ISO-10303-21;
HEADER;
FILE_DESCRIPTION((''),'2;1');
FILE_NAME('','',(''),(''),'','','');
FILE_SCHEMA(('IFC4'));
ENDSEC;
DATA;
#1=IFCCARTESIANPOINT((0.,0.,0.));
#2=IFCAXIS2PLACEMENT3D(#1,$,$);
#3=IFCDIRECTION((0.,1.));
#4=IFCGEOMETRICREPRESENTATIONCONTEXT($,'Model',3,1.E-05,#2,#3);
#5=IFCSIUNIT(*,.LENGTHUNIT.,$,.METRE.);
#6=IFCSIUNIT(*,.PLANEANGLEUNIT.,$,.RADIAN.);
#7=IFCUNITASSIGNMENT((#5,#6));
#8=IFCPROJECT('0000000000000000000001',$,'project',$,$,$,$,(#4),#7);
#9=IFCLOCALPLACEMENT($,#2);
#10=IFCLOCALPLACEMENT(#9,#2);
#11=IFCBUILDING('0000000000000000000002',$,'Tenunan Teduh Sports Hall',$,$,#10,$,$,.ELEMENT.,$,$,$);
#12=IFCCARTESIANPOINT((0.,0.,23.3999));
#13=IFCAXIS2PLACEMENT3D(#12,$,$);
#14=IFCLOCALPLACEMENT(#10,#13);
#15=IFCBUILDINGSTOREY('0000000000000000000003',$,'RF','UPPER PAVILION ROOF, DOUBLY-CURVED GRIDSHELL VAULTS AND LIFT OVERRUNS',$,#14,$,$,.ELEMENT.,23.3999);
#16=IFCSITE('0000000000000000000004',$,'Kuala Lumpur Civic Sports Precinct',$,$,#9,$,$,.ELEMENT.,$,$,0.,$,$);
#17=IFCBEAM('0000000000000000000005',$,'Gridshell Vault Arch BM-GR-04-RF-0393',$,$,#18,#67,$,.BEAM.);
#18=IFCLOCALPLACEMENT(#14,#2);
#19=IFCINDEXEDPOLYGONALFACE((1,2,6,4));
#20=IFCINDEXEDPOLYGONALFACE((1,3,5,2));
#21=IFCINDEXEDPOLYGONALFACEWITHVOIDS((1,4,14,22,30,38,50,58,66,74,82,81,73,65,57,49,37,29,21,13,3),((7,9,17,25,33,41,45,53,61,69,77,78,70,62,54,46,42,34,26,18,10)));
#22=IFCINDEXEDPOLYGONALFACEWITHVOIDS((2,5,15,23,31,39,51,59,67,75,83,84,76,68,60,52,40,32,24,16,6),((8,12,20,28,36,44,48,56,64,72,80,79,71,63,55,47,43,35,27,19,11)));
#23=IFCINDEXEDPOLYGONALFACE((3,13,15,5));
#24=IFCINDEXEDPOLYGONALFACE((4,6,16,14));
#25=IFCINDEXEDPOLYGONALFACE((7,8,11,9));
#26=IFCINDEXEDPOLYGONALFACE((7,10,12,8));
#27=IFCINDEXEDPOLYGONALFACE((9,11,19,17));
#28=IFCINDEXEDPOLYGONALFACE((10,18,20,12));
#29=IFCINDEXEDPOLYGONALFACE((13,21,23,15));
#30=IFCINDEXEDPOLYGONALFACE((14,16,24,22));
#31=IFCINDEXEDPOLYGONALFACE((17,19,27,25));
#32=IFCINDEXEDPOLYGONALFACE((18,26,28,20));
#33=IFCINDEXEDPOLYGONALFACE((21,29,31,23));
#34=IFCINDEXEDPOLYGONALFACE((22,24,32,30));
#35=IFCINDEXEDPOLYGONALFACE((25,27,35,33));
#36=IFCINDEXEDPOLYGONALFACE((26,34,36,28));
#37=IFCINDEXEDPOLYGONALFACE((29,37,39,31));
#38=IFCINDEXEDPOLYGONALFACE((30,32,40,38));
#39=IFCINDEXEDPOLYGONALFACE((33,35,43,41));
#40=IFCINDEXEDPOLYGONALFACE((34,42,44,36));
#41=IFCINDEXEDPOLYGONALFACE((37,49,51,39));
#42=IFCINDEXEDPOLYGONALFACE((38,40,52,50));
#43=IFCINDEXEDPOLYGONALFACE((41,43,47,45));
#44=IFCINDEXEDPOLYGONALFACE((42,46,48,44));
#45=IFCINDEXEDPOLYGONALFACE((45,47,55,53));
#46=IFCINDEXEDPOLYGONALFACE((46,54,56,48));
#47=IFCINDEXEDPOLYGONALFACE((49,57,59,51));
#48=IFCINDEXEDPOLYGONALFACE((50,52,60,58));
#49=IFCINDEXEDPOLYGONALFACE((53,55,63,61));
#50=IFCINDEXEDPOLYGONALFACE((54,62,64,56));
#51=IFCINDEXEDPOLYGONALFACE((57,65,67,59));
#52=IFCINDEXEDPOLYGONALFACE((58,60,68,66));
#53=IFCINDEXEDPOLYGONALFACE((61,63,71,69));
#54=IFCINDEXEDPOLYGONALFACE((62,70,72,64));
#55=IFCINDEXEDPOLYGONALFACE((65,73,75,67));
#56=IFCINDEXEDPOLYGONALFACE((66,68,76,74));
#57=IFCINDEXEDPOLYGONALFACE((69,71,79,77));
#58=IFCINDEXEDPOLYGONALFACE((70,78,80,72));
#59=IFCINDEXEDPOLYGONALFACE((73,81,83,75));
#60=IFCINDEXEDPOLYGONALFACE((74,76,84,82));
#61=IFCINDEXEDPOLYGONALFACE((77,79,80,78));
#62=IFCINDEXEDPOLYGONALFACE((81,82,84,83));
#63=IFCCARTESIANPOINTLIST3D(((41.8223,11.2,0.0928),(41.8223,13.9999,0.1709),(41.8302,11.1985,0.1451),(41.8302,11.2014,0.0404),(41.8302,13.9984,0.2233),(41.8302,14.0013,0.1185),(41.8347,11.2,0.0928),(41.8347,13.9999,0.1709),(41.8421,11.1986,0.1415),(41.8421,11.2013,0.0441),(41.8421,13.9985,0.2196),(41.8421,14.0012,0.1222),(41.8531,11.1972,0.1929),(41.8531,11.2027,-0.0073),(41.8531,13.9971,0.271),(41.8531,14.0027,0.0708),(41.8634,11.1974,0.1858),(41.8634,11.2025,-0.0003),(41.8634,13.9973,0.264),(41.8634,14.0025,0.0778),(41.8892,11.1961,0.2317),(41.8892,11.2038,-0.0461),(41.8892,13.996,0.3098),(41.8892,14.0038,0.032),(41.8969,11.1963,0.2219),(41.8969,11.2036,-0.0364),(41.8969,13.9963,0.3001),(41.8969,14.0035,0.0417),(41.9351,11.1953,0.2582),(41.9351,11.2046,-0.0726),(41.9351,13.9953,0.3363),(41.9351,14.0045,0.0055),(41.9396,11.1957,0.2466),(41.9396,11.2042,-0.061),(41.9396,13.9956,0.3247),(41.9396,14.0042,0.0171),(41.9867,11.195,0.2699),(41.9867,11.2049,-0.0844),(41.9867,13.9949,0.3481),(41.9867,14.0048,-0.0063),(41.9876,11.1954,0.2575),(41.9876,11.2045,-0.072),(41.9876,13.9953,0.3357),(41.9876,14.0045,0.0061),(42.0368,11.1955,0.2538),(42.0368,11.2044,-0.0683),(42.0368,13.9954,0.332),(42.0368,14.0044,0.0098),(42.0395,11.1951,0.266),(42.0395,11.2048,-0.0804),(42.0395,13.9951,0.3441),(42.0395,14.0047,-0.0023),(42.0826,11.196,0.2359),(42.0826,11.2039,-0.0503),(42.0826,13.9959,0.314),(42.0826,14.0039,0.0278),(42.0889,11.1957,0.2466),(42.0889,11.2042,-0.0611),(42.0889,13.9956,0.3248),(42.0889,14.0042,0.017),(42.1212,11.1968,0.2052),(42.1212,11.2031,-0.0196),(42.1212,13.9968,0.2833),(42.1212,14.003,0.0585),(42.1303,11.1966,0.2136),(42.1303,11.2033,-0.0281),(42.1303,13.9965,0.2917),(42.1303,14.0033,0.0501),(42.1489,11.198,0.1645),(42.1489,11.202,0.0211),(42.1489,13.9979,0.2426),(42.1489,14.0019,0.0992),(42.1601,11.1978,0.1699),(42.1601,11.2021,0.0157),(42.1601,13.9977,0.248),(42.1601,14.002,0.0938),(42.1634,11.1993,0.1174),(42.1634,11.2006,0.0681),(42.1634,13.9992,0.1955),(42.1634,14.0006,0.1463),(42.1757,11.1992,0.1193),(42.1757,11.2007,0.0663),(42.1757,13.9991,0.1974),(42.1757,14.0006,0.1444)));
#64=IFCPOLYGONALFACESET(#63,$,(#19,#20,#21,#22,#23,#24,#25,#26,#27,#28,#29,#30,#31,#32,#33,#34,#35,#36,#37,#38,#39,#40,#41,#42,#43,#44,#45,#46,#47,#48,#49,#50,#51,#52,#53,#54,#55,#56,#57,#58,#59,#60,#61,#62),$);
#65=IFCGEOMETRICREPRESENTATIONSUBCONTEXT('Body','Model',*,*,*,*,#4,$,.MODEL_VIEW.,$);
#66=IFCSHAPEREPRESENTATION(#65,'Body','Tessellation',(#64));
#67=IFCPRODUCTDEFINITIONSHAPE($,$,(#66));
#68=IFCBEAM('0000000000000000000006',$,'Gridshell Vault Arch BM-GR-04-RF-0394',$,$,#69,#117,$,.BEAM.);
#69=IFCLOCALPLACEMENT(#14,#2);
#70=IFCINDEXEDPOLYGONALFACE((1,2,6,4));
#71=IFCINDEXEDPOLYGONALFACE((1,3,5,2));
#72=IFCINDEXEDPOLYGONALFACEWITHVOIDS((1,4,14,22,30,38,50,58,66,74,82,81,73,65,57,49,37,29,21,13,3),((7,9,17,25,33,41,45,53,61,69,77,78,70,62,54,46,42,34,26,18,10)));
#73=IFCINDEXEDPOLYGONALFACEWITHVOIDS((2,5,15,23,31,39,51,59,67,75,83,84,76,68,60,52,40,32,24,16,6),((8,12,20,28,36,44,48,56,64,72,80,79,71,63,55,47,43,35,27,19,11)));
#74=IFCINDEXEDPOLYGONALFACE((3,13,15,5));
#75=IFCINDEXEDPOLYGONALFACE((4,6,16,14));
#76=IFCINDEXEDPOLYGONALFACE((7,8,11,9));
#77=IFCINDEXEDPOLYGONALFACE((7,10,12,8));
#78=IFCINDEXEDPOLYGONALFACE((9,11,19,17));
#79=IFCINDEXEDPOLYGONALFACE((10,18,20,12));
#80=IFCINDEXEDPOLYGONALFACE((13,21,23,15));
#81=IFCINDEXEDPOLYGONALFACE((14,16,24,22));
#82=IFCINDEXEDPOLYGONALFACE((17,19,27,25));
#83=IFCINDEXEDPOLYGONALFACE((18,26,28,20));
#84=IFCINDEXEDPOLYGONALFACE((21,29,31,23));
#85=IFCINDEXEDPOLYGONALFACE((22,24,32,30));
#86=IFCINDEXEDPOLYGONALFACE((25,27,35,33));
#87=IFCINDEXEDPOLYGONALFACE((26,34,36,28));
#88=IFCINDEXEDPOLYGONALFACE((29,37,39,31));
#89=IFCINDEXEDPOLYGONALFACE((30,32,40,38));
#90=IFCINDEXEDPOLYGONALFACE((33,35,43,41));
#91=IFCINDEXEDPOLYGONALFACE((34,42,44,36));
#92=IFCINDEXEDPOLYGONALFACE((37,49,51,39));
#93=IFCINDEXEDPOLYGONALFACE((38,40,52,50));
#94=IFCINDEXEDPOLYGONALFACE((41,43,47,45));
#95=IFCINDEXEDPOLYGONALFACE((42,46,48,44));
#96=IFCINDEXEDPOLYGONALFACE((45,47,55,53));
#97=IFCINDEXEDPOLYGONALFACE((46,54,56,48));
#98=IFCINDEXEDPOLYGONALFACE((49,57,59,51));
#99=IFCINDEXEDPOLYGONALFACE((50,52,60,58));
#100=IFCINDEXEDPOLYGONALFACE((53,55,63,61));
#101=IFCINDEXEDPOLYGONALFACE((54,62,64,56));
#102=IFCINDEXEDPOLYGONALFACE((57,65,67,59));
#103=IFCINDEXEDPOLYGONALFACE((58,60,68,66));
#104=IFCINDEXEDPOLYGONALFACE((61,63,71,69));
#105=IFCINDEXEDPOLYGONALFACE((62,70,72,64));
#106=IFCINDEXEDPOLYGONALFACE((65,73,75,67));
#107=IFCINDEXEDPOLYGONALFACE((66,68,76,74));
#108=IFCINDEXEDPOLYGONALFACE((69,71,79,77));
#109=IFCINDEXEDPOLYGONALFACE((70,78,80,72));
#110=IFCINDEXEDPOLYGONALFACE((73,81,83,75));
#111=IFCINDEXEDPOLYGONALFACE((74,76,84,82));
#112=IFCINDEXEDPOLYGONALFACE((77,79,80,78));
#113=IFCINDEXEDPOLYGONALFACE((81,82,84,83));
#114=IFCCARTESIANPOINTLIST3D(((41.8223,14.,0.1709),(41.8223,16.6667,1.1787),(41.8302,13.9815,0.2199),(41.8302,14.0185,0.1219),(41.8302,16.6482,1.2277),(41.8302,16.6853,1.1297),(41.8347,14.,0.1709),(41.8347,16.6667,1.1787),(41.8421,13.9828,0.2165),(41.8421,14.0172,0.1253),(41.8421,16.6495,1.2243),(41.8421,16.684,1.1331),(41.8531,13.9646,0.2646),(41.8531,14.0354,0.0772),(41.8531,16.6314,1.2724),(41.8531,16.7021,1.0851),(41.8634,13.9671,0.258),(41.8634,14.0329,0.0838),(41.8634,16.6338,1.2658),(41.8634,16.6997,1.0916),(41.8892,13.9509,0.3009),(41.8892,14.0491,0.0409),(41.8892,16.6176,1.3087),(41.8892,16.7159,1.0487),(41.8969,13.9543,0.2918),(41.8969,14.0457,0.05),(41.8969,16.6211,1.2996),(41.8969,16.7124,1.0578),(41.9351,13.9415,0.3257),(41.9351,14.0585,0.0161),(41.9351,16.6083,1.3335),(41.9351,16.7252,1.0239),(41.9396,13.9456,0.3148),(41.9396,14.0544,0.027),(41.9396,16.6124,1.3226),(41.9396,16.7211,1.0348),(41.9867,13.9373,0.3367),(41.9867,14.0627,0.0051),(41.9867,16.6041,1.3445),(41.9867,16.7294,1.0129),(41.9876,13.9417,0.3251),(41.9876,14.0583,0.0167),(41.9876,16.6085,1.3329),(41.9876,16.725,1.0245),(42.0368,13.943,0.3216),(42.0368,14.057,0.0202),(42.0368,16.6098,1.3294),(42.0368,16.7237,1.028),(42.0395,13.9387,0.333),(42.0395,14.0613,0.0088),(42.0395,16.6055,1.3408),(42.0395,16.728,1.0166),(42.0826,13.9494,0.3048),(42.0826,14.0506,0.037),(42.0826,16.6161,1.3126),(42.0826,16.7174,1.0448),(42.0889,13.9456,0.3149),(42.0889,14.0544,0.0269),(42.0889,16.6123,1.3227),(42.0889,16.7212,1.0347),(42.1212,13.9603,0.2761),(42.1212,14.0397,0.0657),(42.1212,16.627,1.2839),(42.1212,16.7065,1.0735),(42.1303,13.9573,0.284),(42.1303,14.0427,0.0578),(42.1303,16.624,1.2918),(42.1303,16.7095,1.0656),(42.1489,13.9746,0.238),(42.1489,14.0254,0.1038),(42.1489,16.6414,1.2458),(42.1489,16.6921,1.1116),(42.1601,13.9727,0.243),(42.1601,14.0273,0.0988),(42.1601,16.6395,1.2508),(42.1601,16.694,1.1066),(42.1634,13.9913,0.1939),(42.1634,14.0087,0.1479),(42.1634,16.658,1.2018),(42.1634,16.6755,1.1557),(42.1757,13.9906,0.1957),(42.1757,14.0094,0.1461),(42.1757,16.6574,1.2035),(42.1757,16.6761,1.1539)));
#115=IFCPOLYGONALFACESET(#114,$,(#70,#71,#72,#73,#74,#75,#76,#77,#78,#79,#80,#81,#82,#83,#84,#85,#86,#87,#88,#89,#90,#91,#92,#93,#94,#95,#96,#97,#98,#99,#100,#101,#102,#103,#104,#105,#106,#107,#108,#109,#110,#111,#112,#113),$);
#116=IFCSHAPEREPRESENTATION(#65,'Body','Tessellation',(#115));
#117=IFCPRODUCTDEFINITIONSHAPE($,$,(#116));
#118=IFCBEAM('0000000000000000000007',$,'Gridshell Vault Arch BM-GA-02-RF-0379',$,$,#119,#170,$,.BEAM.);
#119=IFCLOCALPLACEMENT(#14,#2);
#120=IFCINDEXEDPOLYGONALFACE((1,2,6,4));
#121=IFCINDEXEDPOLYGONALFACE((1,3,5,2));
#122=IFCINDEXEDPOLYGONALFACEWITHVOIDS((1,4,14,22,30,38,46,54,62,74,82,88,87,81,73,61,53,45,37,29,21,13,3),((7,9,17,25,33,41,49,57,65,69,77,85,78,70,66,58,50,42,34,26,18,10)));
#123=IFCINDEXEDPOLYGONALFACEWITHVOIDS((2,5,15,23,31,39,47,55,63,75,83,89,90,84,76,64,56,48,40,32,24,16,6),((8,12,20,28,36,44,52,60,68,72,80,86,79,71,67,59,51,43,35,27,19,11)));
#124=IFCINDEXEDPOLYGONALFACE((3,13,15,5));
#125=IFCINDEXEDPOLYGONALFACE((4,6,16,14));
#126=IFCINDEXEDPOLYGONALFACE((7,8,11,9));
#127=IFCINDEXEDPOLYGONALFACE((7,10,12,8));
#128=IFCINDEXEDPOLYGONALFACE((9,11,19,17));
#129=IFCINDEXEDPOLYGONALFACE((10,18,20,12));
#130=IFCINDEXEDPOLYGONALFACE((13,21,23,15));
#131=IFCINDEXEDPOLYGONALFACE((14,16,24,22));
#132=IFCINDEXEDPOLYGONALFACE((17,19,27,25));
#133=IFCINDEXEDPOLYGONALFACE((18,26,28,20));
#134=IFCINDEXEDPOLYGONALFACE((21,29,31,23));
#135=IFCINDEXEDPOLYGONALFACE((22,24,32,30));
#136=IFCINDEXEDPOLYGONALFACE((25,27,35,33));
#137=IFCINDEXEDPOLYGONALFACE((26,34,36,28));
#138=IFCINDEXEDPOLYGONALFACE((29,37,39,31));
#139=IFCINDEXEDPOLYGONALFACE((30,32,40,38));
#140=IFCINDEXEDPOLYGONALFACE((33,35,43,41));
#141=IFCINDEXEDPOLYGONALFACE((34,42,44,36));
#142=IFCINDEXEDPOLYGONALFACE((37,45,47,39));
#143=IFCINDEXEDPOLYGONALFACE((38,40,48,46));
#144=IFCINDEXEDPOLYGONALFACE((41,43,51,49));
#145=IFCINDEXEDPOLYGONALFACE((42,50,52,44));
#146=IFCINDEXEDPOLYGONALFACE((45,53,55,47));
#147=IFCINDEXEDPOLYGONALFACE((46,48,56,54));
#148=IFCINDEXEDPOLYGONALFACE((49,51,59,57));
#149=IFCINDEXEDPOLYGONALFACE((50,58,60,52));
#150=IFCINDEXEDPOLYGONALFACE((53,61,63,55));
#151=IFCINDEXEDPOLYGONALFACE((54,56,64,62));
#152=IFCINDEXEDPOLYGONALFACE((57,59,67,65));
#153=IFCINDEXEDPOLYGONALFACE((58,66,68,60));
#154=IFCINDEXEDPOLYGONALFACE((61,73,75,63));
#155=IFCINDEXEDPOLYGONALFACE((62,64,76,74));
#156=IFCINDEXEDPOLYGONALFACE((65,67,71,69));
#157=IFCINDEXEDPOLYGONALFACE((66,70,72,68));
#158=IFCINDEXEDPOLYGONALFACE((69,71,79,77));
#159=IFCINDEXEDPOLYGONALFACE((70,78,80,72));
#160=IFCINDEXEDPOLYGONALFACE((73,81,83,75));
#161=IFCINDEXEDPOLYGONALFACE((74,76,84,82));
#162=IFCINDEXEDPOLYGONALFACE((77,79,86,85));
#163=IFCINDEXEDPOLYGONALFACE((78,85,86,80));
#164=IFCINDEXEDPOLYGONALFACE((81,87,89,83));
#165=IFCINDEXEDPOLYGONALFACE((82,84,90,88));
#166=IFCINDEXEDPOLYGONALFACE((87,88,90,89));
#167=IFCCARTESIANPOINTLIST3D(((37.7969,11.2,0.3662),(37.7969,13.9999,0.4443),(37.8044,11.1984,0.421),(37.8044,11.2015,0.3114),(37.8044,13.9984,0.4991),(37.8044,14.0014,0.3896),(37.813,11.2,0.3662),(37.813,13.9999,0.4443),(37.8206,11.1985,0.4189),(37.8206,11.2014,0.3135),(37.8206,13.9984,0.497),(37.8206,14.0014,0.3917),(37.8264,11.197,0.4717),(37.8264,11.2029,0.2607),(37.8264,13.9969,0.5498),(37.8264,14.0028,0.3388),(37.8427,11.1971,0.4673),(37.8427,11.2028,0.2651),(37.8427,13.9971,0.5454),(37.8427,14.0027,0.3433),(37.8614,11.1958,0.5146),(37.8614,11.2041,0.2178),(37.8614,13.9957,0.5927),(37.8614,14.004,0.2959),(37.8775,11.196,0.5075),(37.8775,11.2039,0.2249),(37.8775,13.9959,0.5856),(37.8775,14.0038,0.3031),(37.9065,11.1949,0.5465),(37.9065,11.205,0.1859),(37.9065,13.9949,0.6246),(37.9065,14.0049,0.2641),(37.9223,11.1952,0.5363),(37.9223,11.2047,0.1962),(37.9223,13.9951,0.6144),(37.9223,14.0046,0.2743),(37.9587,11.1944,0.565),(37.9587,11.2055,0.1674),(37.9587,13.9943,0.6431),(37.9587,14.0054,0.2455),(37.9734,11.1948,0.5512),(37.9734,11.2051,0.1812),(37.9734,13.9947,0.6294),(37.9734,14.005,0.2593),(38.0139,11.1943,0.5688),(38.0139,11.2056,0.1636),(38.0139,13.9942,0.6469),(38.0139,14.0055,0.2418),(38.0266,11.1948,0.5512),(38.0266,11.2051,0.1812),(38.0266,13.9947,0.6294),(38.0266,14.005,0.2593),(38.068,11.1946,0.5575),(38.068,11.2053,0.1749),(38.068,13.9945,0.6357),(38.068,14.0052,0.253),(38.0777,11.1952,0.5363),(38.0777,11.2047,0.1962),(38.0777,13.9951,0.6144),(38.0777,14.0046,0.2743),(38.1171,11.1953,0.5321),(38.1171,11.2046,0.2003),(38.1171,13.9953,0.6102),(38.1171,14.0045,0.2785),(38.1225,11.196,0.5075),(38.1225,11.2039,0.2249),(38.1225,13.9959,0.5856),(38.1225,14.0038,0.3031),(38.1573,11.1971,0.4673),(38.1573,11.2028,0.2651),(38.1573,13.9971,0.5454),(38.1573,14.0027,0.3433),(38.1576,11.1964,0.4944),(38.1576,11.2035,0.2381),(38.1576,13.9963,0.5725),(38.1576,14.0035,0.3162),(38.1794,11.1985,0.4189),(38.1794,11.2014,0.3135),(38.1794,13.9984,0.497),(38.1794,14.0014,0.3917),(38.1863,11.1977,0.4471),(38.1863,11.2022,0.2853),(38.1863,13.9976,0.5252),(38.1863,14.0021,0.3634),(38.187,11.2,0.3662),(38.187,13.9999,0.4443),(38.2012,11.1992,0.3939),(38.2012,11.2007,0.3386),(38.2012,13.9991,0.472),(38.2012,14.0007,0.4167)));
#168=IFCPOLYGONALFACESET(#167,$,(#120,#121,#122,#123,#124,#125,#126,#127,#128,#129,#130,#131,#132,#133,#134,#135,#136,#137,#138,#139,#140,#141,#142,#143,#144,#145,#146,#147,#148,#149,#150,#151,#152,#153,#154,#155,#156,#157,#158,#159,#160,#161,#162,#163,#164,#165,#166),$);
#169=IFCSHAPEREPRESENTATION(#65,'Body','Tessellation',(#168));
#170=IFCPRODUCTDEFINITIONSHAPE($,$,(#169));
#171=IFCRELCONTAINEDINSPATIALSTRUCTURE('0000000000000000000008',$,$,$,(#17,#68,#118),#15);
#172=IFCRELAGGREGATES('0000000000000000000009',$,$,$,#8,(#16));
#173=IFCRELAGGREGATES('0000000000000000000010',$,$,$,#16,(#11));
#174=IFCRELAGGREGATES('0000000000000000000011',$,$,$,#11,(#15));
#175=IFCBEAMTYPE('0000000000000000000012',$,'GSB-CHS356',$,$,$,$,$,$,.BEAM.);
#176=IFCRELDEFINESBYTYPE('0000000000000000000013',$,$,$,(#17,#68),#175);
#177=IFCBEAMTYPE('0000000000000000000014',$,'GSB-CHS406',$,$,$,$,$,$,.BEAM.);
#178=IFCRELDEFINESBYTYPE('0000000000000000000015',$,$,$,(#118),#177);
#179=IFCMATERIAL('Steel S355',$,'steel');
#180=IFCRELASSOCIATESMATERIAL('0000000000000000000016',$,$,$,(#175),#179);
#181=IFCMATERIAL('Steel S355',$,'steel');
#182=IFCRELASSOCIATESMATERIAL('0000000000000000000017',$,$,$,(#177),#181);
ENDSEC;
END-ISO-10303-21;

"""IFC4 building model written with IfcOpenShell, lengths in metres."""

from ifc_helpers import new_model, si_unit, direction, frame, origin, origin_2d, place, context, subcontext, project, spatial, hollow_circle, extrude, material, material_profile, profile_set, type_object, element, save


model = new_model("IFC4")

# Units and contexts
model_context = context("Model", 3, precision=1e-05, world=origin(), true_north=direction((0.0, 1.0)))
body_context = subcontext(model_context, "Body", "Model", "MODEL_VIEW")
ifc_project = project(units=[si_unit("LENGTHUNIT", "METRE"), si_unit("PLANEANGLEUNIT", "RADIAN")], contexts=[model_context])

# Site, building, storey
site_placement = place(None, origin())
site = spatial("IfcSite", under=ifc_project, at=site_placement, Name="Kuala Lumpur Civic Sports Precinct", CompositionType="ELEMENT", RefElevation=0.0)
building_placement = place(site_placement, origin())
building = spatial("IfcBuilding", under=site, at=building_placement, Name="Tenunan Teduh Sports Hall", CompositionType="ELEMENT")
storey_placement = place(building_placement, frame((0.0, 0.0, 23.3999)))
storey = spatial("IfcBuildingStorey", under=building, at=storey_placement, Name="RF", Description="UPPER PAVILION ROOF, DOUBLY-CURVED GRIDSHELL VAULTS AND LIFT OVERRUNS", CompositionType="ELEMENT", Elevation=23.3999)

# Beams
ifc_material_1 = material(Name="Steel S355", Category="steel")
ifc_material_profile_1 = material_profile(ifc_material_1, hollow_circle(Radius=0.1777, WallThickness=0.0125, at=origin_2d()), Name="CHS 355.6x12.5")
ifc_profile_set_1 = profile_set([ifc_material_profile_1], Name="Steel S355")
beam_type_1 = type_object("IfcBeamType", Name="GSB-CHS356", PredefinedType="BEAM", material=ifc_profile_set_1)
beam_1_placement = place(storey_placement, frame((42.0, 11.2, 0.0928), z_axis=(0.0, 0.999611, 0.02789), x_axis=(-1.0, 0.0, 0.0)))
element("IfcBeam", 1, at=beam_1_placement, inside=storey, type_object=beam_type_1, Name="Gridshell Vault Arch BM-GR-04-RF-0393", PredefinedType="BEAM", context=body_context, shape_type="SweptSolid", body=[
    extrude(hollow_circle(Radius=0.1777, WallThickness=0.0125, at=origin_2d()), origin(), (0.0, 0.0, 1.0), 2.801),
])
beam_2_placement = place(storey_placement, frame((42.0, 14.0, 0.1709), z_axis=(0.0, 0.935429, 0.353515), x_axis=(-1.0, 0.0, 0.0)))
element("IfcBeam", 2, at=beam_2_placement, inside=storey, type_object=beam_type_1, Name="Gridshell Vault Arch BM-GR-04-RF-0394", PredefinedType="BEAM", context=body_context, shape_type="SweptSolid", body=[
    extrude(hollow_circle(Radius=0.1777, WallThickness=0.0125, at=origin_2d()), origin(), (0.0, 0.0, 1.0), 2.8508),
])
ifc_material_2 = material(Name="Steel S355", Category="steel")
ifc_material_profile_2 = material_profile(ifc_material_2, hollow_circle(Radius=0.2031, WallThickness=0.0161, at=origin_2d()), Name="CHS 406.4x16.0")
ifc_profile_set_2 = profile_set([ifc_material_profile_2], Name="Steel S355")
beam_type_2 = type_object("IfcBeamType", Name="GSB-CHS406", PredefinedType="BEAM", material=ifc_profile_set_2)
beam_3_placement = place(storey_placement, frame((38.0, 11.2, 0.3662), z_axis=(0.0, 0.999611, 0.02789), x_axis=(-1.0, 0.0, 0.0)))
element("IfcBeam", 3, at=beam_3_placement, inside=storey, type_object=beam_type_2, Name="Gridshell Vault Arch BM-GA-02-RF-0379", PredefinedType="BEAM", context=body_context, shape_type="SweptSolid", body=[
    extrude(hollow_circle(Radius=0.2031, WallThickness=0.0161, at=origin_2d()), origin(), (0.0, 0.0, 1.0), 2.801),
])

save(model, "model.ifc")
